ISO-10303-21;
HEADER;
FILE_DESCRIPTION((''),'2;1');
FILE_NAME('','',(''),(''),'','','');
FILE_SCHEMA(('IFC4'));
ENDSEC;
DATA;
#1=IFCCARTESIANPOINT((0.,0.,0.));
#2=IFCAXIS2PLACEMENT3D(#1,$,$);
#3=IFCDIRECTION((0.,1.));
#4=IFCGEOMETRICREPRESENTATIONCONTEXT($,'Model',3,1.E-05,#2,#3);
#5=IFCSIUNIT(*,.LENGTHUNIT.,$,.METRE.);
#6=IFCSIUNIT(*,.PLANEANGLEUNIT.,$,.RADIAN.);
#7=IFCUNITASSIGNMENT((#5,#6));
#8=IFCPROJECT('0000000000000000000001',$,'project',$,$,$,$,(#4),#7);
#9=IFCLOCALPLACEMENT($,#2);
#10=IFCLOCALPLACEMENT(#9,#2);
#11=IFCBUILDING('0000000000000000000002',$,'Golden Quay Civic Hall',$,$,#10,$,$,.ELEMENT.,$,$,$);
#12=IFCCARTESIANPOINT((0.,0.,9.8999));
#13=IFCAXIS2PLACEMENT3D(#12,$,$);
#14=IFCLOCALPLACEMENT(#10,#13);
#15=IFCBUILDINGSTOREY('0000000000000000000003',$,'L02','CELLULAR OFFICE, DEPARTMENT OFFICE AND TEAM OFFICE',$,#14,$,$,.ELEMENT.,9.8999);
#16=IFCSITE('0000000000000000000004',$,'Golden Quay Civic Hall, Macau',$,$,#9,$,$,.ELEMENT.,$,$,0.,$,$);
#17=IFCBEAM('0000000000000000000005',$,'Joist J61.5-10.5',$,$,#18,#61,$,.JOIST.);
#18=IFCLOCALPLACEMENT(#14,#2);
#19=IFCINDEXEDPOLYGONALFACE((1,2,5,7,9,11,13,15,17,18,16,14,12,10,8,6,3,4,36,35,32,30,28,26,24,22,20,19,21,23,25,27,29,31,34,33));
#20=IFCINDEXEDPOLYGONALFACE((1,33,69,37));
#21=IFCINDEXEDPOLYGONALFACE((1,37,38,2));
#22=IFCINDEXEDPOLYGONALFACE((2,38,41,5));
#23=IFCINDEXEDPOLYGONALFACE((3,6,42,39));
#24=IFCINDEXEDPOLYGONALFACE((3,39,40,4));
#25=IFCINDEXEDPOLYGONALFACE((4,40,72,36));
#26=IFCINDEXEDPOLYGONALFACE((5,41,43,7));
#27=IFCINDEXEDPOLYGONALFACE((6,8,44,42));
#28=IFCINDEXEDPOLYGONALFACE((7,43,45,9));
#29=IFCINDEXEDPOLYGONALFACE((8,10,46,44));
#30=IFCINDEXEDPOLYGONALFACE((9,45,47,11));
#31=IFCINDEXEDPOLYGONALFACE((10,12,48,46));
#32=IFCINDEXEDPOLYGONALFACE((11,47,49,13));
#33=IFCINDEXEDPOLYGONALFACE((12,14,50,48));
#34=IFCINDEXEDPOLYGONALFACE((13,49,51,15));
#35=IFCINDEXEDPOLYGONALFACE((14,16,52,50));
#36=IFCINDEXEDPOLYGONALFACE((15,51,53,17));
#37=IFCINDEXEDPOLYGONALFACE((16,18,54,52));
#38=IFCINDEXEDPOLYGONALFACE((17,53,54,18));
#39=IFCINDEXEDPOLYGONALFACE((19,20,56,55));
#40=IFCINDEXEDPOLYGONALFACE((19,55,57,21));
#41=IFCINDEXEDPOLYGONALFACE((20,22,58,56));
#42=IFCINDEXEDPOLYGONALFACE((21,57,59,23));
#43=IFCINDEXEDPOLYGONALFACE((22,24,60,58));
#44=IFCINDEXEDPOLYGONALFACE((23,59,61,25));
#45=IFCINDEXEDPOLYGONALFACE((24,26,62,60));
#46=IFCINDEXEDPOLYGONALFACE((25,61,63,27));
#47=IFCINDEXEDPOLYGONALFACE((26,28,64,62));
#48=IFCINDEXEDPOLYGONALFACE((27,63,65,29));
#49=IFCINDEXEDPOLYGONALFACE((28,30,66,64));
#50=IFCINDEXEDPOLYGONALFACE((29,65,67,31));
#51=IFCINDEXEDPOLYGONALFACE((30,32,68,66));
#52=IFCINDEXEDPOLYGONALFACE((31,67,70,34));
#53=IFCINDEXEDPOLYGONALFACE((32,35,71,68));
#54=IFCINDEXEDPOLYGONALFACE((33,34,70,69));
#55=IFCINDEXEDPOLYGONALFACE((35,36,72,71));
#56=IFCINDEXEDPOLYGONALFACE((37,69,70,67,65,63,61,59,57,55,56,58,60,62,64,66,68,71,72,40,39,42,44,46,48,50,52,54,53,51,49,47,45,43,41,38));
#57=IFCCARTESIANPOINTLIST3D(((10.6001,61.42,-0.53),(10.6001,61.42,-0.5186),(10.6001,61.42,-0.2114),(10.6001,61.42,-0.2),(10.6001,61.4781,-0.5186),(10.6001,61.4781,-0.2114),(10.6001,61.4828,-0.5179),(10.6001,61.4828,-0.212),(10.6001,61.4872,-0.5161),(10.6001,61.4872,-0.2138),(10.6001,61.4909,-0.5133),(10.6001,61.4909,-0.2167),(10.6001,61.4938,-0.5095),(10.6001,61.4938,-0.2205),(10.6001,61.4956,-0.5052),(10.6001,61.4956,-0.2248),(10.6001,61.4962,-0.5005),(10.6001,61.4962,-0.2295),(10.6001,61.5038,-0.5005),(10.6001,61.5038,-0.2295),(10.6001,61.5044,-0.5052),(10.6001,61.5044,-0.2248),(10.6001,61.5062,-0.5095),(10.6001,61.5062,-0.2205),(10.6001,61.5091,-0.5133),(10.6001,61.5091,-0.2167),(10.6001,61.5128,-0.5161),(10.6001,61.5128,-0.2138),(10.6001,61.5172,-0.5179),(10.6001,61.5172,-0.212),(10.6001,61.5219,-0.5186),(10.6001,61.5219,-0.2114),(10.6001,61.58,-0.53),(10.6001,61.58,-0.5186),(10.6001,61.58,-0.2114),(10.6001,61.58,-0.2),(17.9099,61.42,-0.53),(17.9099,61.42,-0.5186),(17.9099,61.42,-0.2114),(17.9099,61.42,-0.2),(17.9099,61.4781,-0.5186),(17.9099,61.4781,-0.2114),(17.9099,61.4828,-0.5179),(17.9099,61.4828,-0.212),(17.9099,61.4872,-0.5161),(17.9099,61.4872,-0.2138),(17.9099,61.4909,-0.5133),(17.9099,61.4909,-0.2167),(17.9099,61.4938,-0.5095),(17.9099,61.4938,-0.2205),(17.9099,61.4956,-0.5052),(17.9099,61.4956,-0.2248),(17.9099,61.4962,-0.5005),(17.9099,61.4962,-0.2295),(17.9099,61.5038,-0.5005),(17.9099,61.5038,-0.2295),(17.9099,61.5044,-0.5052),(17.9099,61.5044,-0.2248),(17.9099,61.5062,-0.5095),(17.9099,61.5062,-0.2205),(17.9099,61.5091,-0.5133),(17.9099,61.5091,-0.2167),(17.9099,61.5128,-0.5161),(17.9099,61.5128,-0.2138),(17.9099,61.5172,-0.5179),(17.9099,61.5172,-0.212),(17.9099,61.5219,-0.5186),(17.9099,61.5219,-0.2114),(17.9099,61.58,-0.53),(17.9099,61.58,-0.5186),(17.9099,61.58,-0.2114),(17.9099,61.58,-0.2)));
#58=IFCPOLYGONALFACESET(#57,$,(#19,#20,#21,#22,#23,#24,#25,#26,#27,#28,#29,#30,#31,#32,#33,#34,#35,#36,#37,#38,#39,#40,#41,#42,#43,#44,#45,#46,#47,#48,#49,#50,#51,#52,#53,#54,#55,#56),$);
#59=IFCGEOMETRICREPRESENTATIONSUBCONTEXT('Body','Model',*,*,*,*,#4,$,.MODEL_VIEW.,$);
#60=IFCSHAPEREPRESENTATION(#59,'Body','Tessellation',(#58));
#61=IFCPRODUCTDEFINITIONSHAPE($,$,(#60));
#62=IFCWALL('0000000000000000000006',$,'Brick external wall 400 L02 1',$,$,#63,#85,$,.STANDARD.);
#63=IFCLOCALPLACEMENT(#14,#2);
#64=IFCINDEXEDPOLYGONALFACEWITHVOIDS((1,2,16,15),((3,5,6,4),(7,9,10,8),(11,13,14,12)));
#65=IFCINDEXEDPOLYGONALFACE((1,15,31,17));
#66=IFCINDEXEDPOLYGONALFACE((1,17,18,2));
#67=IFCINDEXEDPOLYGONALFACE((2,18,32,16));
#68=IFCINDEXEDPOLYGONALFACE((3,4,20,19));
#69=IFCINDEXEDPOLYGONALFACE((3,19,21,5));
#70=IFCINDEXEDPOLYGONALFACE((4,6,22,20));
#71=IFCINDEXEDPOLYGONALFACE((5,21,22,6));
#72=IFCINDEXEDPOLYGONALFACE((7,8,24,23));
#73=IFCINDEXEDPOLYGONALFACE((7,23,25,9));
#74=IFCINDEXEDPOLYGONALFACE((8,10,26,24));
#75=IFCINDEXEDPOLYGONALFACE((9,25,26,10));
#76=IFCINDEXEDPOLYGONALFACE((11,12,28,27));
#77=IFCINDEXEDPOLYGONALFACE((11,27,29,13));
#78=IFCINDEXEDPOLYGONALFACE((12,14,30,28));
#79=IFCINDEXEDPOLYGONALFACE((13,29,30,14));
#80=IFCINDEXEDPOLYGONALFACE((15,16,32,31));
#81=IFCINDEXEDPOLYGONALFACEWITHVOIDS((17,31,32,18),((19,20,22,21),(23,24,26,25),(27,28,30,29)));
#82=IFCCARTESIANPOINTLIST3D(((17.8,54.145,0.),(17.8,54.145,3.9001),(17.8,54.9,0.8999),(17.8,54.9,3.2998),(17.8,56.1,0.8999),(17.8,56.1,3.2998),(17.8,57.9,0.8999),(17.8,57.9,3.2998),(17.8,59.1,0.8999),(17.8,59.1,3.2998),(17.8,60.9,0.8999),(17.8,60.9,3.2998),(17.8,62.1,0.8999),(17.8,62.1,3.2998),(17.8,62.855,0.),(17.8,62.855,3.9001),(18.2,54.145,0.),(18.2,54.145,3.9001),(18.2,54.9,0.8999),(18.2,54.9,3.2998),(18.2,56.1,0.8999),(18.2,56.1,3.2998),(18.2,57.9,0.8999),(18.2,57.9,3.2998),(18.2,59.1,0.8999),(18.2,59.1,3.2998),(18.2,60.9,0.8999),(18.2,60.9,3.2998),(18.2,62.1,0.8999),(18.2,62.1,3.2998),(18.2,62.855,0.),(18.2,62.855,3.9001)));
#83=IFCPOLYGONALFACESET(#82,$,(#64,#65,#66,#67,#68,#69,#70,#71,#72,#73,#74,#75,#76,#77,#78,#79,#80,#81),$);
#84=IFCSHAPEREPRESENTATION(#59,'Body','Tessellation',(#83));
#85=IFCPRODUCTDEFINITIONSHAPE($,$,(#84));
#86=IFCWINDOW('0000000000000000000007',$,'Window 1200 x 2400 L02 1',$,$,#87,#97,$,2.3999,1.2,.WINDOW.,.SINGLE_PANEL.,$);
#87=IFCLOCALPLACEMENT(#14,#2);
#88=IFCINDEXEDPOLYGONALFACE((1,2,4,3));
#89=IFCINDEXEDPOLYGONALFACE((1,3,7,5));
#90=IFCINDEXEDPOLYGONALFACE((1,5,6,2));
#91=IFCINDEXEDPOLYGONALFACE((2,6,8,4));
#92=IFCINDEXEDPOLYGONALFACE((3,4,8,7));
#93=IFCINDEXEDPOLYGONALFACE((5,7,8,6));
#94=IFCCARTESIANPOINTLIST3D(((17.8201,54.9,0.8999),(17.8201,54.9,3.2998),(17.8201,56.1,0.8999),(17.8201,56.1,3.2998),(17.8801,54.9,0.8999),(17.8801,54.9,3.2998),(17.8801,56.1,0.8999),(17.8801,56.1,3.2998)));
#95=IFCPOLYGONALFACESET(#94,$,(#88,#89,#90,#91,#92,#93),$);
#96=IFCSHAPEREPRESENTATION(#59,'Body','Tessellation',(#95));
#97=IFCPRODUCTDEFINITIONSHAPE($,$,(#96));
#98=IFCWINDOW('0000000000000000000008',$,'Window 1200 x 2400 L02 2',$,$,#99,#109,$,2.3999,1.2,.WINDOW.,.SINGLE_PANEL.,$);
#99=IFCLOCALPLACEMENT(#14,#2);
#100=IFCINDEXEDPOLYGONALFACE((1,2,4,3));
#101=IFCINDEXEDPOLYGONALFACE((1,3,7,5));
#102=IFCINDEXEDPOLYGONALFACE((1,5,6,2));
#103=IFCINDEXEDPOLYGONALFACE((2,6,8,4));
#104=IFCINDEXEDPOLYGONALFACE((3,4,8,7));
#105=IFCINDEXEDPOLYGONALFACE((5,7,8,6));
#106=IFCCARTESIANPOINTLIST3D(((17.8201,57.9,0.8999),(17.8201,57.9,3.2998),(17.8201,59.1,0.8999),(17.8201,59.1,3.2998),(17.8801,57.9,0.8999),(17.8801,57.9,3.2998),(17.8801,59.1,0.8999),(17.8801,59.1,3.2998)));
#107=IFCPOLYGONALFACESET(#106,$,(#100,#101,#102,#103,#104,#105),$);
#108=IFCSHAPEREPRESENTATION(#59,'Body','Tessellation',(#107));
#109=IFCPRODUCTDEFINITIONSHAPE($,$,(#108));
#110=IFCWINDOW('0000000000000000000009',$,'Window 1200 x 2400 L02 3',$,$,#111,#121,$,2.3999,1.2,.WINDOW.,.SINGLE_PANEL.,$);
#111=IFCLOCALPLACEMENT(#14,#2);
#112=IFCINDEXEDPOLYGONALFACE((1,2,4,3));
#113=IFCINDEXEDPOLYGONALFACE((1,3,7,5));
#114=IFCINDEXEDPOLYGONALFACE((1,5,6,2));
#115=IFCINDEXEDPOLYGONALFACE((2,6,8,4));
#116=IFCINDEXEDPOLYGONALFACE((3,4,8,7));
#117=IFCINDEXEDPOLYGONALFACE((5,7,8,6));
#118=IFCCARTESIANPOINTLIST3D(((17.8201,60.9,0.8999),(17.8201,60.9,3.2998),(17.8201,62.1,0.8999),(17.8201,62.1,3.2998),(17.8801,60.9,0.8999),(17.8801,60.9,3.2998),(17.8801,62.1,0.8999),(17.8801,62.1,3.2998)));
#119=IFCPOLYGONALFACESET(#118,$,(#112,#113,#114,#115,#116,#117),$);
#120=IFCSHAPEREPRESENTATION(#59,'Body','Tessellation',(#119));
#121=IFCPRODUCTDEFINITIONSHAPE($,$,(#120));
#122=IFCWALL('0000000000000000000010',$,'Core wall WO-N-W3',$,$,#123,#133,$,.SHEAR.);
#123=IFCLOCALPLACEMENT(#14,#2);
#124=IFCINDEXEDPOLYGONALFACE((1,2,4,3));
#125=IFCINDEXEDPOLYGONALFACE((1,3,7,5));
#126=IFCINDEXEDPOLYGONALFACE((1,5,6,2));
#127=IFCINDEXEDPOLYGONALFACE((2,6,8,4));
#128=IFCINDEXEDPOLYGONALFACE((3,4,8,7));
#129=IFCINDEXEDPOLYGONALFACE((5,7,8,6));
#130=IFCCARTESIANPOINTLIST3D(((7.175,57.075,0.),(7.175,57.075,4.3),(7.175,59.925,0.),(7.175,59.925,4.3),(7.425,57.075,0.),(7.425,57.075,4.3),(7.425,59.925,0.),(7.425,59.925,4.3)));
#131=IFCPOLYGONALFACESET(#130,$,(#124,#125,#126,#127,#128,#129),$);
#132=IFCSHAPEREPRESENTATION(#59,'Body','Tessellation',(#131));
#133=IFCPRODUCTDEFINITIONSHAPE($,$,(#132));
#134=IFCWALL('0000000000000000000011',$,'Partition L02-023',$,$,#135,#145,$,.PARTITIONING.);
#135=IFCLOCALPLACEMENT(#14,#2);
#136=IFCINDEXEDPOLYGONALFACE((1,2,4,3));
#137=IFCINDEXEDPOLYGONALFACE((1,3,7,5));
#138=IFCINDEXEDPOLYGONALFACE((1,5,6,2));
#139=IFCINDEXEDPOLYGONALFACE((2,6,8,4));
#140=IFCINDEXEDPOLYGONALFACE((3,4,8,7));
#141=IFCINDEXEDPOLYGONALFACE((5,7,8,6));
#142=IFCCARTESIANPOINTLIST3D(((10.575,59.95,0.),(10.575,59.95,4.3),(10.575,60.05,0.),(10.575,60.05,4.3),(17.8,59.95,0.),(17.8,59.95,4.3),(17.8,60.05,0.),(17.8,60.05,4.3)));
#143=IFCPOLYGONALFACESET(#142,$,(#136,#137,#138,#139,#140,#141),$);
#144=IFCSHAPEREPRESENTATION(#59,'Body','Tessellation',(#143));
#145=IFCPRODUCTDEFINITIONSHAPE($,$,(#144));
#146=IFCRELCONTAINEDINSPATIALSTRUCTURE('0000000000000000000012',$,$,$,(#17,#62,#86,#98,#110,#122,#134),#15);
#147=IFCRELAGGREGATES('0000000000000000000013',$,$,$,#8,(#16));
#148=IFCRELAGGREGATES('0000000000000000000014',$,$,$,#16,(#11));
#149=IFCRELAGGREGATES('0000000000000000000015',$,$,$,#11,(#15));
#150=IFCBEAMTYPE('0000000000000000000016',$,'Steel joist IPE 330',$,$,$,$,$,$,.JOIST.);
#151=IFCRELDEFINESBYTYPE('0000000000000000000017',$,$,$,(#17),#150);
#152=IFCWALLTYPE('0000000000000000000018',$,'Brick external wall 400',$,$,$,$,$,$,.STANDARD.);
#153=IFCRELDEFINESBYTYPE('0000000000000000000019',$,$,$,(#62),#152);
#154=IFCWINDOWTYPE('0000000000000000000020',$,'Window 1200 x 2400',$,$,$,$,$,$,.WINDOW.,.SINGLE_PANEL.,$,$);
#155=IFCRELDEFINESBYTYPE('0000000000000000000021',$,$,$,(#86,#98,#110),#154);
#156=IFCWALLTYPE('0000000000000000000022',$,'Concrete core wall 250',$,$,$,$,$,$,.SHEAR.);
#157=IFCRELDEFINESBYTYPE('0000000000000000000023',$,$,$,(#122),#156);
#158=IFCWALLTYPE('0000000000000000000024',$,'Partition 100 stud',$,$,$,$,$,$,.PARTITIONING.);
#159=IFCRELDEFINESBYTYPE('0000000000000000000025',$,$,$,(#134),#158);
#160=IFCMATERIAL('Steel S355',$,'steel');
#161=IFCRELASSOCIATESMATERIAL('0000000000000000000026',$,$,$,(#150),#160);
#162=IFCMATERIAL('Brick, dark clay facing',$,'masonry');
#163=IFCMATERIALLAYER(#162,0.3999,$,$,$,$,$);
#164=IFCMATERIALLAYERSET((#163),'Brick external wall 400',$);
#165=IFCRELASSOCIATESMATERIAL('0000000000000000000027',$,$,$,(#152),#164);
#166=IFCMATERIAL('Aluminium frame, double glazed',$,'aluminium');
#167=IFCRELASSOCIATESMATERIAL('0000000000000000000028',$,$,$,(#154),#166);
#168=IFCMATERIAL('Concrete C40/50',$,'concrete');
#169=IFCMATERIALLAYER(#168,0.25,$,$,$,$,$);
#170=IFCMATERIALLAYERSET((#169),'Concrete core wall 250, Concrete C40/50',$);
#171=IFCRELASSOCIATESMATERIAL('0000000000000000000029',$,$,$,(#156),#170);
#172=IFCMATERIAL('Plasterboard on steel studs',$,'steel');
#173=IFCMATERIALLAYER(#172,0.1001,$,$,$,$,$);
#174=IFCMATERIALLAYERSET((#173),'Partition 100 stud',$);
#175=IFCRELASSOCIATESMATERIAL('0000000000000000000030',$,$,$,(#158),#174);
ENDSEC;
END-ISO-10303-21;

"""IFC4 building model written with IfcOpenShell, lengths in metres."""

from ifc_helpers import new_model, si_unit, direction, frame, frame_2d, origin, origin_2d, place, context, subcontext, project, spatial, rectangle, i_section, extrude, material, layer, layer_set, material_profile, profile_set, type_object, element, fill, save


model = new_model("IFC4")

# Units and contexts
model_context = context("Model", 3, precision=1e-05, world=origin(), true_north=direction((0.0, 1.0)))
body_context = subcontext(model_context, "Body", "Model", "MODEL_VIEW")
ifc_project = project(units=[si_unit("LENGTHUNIT", "METRE"), si_unit("PLANEANGLEUNIT", "RADIAN")], contexts=[model_context])

# Site, building, storey
site_placement = place(None, origin())
site = spatial("IfcSite", under=ifc_project, at=site_placement, Name="Golden Quay Civic Hall, Macau", CompositionType="ELEMENT", RefElevation=0.0)
building_placement = place(site_placement, origin())
building = spatial("IfcBuilding", under=site, at=building_placement, Name="Golden Quay Civic Hall", CompositionType="ELEMENT")
storey_placement = place(building_placement, frame((0.0, 0.0, 9.8999)))
storey = spatial("IfcBuildingStorey", under=building, at=storey_placement, Name="L02", Description="CELLULAR OFFICE, DEPARTMENT OFFICE AND TEAM OFFICE", CompositionType="ELEMENT", Elevation=9.8999)

# Beam
ifc_material_1 = material(Name="Steel S355", Category="steel")
ifc_material_profile_1 = material_profile(ifc_material_1, i_section(OverallWidth=0.1599, OverallDepth=0.3301, WebThickness=0.0076, FlangeThickness=0.0115, FilletRadius=0.0181, at=origin_2d()), Name="IPE 330")
ifc_profile_set_1 = profile_set([ifc_material_profile_1], Name="Steel S355")
beam_type_1 = type_object("IfcBeamType", Name="Steel joist IPE 330", PredefinedType="JOIST", material=ifc_profile_set_1)
for number, where, z_axis, x_axis, name in (
    (1, (10.6001, 61.5, -0.365), (1.0, 0.0, 0.0), (0.0, 1.0, 0.0), "Joist J61.5-10.5"),
):
    element("IfcBeam", number, at=place(storey_placement, frame(where, z_axis=z_axis, x_axis=x_axis)), inside=storey, type_object=beam_type_1, Name=name, PredefinedType="JOIST", context=body_context, shape_type="SweptSolid", body=[
        extrude(i_section(OverallWidth=0.1599, OverallDepth=0.3301, WebThickness=0.0076, FlangeThickness=0.0115, FilletRadius=0.0181, at=origin_2d()), origin(), (0.0, 0.0, 1.0), 7.3098),
    ])

# Wall, openings, windows
ifc_material_2 = material(Name="Brick, dark clay facing", Category="masonry")
ifc_layer_1 = layer(ifc_material_2, 0.3999)
ifc_layer_set_1 = layer_set([ifc_layer_1], Name="Brick external wall 400")
wall_type_1 = type_object("IfcWallType", Name="Brick external wall 400", PredefinedType="STANDARD", material=ifc_layer_set_1)
wall_1_placement = place(storey_placement, frame((18.0, 62.855, 0.0), z_axis=(0.0, 0.0, 1.0), x_axis=(0.0, -1.0, 0.0)))
wall_1 = element("IfcWall", 2, at=wall_1_placement, inside=storey, type_object=wall_type_1, Name="Brick external wall 400 L02 1", PredefinedType="STANDARD", context=body_context, shape_type="SweptSolid", body=[
    extrude(rectangle(XDim=8.71, YDim=0.3999, at=frame_2d((4.355, 0.0))), origin(), (0.0, 0.0, 1.0), 3.9001),
])
opening_1_placement = place(wall_1_placement, frame((6.7549, 0.0, 0.8999)))
opening_1 = element("IfcOpeningElement", 3, at=opening_1_placement, cuts=wall_1, PredefinedType="OPENING", context=body_context, shape_type="SweptSolid", body=[
    extrude(rectangle(XDim=1.2, YDim=2.3999, at=frame_2d((0.6001, 1.2))), frame((0.0, 0.21, 0.0), z_axis=(0.0, -1.0, 0.0), x_axis=(1.0, 0.0, 0.0)), (0.0, 0.0, 1.0), 0.4199),
])
opening_2_placement = place(wall_1_placement, frame((3.7549, 0.0, 0.8999)))
opening_2 = element("IfcOpeningElement", 4, at=opening_2_placement, cuts=wall_1, PredefinedType="OPENING", context=body_context, shape_type="SweptSolid", body=[
    extrude(rectangle(XDim=1.2, YDim=2.3999, at=frame_2d((0.6001, 1.2))), frame((0.0, 0.21, 0.0), z_axis=(0.0, -1.0, 0.0), x_axis=(1.0, 0.0, 0.0)), (0.0, 0.0, 1.0), 0.4199),
])
opening_3_placement = place(wall_1_placement, frame((0.7549, 0.0, 0.8999)))
opening_3 = element("IfcOpeningElement", 5, at=opening_3_placement, cuts=wall_1, PredefinedType="OPENING", context=body_context, shape_type="SweptSolid", body=[
    extrude(rectangle(XDim=1.2, YDim=2.3999, at=frame_2d((0.6001, 1.2))), frame((0.0, 0.21, 0.0), z_axis=(0.0, -1.0, 0.0), x_axis=(1.0, 0.0, 0.0)), (0.0, 0.0, 1.0), 0.4199),
])
ifc_material_3 = material(Name="Aluminium frame, double glazed", Category="aluminium")
window_type = type_object("IfcWindowType", Name="Window 1200 x 2400", PartitioningType="SINGLE_PANEL", PredefinedType="WINDOW", material=ifc_material_3)
window_1_placement = place(opening_1_placement, origin())
window_1 = element("IfcWindow", 6, at=window_1_placement, inside=storey, type_object=window_type, Name="Window 1200 x 2400 L02 1", OverallHeight=2.3999, OverallWidth=1.2, PartitioningType="SINGLE_PANEL", PredefinedType="WINDOW", context=body_context, shape_type="SweptSolid", body=[
    extrude(rectangle(XDim=1.2, YDim=2.3999, at=frame_2d((0.6001, 1.2))), frame((0.0, -0.1199, 0.0), z_axis=(0.0, -1.0, 0.0), x_axis=(1.0, 0.0, 0.0)), (0.0, 0.0, 1.0), 0.0601),
])
fill(opening_1, window_1)
window_2_placement = place(opening_2_placement, origin())
window_2 = element("IfcWindow", 7, at=window_2_placement, inside=storey, type_object=window_type, Name="Window 1200 x 2400 L02 2", OverallHeight=2.3999, OverallWidth=1.2, PartitioningType="SINGLE_PANEL", PredefinedType="WINDOW", context=body_context, shape_type="SweptSolid", body=[
    extrude(rectangle(XDim=1.2, YDim=2.3999, at=frame_2d((0.6001, 1.2))), frame((0.0, -0.1199, 0.0), z_axis=(0.0, -1.0, 0.0), x_axis=(1.0, 0.0, 0.0)), (0.0, 0.0, 1.0), 0.0601),
])
fill(opening_2, window_2)
window_3_placement = place(opening_3_placement, origin())
window_3 = element("IfcWindow", 8, at=window_3_placement, inside=storey, type_object=window_type, Name="Window 1200 x 2400 L02 3", OverallHeight=2.3999, OverallWidth=1.2, PartitioningType="SINGLE_PANEL", PredefinedType="WINDOW", context=body_context, shape_type="SweptSolid", body=[
    extrude(rectangle(XDim=1.2, YDim=2.3999, at=frame_2d((0.6001, 1.2))), frame((0.0, -0.1199, 0.0), z_axis=(0.0, -1.0, 0.0), x_axis=(1.0, 0.0, 0.0)), (0.0, 0.0, 1.0), 0.0601),
])
fill(opening_3, window_3)

# Walls
ifc_material_4 = material(Name="Concrete C40/50", Category="concrete")
ifc_layer_2 = layer(ifc_material_4, 0.25)
ifc_layer_set_2 = layer_set([ifc_layer_2], Name="Concrete core wall 250, Concrete C40/50")
wall_type_2 = type_object("IfcWallType", Name="Concrete core wall 250", PredefinedType="SHEAR", material=ifc_layer_set_2)
wall_2_placement = place(storey_placement, frame((7.3, 57.075, 0.0), z_axis=(0.0, 0.0, 1.0), x_axis=(0.0, 1.0, 0.0)))
element("IfcWall", 9, at=wall_2_placement, inside=storey, type_object=wall_type_2, Name="Core wall WO-N-W3", PredefinedType="SHEAR", context=body_context, shape_type="SweptSolid", body=[
    extrude(rectangle(XDim=2.8501, YDim=0.25, at=frame_2d((1.425, 0.0))), origin(), (0.0, 0.0, 1.0), 4.3),
])
ifc_material_5 = material(Name="Plasterboard on steel studs", Category="steel")
ifc_layer_3 = layer(ifc_material_5, 0.1001)
ifc_layer_set_3 = layer_set([ifc_layer_3], Name="Partition 100 stud")
wall_type_3 = type_object("IfcWallType", Name="Partition 100 stud", PredefinedType="PARTITIONING", material=ifc_layer_set_3)
wall_3_placement = place(storey_placement, frame((10.575, 60.0, 0.0), z_axis=(0.0, 0.0, 1.0), x_axis=(1.0, 0.0, 0.0)))
element("IfcWall", 10, at=wall_3_placement, inside=storey, type_object=wall_type_3, Name="Partition L02-023", PredefinedType="PARTITIONING", context=body_context, shape_type="SweptSolid", body=[
    extrude(rectangle(XDim=7.2251, YDim=0.1001, at=frame_2d((3.6125, 0.0))), origin(), (0.0, 0.0, 1.0), 4.3),
])

save(model, "model.ifc")
